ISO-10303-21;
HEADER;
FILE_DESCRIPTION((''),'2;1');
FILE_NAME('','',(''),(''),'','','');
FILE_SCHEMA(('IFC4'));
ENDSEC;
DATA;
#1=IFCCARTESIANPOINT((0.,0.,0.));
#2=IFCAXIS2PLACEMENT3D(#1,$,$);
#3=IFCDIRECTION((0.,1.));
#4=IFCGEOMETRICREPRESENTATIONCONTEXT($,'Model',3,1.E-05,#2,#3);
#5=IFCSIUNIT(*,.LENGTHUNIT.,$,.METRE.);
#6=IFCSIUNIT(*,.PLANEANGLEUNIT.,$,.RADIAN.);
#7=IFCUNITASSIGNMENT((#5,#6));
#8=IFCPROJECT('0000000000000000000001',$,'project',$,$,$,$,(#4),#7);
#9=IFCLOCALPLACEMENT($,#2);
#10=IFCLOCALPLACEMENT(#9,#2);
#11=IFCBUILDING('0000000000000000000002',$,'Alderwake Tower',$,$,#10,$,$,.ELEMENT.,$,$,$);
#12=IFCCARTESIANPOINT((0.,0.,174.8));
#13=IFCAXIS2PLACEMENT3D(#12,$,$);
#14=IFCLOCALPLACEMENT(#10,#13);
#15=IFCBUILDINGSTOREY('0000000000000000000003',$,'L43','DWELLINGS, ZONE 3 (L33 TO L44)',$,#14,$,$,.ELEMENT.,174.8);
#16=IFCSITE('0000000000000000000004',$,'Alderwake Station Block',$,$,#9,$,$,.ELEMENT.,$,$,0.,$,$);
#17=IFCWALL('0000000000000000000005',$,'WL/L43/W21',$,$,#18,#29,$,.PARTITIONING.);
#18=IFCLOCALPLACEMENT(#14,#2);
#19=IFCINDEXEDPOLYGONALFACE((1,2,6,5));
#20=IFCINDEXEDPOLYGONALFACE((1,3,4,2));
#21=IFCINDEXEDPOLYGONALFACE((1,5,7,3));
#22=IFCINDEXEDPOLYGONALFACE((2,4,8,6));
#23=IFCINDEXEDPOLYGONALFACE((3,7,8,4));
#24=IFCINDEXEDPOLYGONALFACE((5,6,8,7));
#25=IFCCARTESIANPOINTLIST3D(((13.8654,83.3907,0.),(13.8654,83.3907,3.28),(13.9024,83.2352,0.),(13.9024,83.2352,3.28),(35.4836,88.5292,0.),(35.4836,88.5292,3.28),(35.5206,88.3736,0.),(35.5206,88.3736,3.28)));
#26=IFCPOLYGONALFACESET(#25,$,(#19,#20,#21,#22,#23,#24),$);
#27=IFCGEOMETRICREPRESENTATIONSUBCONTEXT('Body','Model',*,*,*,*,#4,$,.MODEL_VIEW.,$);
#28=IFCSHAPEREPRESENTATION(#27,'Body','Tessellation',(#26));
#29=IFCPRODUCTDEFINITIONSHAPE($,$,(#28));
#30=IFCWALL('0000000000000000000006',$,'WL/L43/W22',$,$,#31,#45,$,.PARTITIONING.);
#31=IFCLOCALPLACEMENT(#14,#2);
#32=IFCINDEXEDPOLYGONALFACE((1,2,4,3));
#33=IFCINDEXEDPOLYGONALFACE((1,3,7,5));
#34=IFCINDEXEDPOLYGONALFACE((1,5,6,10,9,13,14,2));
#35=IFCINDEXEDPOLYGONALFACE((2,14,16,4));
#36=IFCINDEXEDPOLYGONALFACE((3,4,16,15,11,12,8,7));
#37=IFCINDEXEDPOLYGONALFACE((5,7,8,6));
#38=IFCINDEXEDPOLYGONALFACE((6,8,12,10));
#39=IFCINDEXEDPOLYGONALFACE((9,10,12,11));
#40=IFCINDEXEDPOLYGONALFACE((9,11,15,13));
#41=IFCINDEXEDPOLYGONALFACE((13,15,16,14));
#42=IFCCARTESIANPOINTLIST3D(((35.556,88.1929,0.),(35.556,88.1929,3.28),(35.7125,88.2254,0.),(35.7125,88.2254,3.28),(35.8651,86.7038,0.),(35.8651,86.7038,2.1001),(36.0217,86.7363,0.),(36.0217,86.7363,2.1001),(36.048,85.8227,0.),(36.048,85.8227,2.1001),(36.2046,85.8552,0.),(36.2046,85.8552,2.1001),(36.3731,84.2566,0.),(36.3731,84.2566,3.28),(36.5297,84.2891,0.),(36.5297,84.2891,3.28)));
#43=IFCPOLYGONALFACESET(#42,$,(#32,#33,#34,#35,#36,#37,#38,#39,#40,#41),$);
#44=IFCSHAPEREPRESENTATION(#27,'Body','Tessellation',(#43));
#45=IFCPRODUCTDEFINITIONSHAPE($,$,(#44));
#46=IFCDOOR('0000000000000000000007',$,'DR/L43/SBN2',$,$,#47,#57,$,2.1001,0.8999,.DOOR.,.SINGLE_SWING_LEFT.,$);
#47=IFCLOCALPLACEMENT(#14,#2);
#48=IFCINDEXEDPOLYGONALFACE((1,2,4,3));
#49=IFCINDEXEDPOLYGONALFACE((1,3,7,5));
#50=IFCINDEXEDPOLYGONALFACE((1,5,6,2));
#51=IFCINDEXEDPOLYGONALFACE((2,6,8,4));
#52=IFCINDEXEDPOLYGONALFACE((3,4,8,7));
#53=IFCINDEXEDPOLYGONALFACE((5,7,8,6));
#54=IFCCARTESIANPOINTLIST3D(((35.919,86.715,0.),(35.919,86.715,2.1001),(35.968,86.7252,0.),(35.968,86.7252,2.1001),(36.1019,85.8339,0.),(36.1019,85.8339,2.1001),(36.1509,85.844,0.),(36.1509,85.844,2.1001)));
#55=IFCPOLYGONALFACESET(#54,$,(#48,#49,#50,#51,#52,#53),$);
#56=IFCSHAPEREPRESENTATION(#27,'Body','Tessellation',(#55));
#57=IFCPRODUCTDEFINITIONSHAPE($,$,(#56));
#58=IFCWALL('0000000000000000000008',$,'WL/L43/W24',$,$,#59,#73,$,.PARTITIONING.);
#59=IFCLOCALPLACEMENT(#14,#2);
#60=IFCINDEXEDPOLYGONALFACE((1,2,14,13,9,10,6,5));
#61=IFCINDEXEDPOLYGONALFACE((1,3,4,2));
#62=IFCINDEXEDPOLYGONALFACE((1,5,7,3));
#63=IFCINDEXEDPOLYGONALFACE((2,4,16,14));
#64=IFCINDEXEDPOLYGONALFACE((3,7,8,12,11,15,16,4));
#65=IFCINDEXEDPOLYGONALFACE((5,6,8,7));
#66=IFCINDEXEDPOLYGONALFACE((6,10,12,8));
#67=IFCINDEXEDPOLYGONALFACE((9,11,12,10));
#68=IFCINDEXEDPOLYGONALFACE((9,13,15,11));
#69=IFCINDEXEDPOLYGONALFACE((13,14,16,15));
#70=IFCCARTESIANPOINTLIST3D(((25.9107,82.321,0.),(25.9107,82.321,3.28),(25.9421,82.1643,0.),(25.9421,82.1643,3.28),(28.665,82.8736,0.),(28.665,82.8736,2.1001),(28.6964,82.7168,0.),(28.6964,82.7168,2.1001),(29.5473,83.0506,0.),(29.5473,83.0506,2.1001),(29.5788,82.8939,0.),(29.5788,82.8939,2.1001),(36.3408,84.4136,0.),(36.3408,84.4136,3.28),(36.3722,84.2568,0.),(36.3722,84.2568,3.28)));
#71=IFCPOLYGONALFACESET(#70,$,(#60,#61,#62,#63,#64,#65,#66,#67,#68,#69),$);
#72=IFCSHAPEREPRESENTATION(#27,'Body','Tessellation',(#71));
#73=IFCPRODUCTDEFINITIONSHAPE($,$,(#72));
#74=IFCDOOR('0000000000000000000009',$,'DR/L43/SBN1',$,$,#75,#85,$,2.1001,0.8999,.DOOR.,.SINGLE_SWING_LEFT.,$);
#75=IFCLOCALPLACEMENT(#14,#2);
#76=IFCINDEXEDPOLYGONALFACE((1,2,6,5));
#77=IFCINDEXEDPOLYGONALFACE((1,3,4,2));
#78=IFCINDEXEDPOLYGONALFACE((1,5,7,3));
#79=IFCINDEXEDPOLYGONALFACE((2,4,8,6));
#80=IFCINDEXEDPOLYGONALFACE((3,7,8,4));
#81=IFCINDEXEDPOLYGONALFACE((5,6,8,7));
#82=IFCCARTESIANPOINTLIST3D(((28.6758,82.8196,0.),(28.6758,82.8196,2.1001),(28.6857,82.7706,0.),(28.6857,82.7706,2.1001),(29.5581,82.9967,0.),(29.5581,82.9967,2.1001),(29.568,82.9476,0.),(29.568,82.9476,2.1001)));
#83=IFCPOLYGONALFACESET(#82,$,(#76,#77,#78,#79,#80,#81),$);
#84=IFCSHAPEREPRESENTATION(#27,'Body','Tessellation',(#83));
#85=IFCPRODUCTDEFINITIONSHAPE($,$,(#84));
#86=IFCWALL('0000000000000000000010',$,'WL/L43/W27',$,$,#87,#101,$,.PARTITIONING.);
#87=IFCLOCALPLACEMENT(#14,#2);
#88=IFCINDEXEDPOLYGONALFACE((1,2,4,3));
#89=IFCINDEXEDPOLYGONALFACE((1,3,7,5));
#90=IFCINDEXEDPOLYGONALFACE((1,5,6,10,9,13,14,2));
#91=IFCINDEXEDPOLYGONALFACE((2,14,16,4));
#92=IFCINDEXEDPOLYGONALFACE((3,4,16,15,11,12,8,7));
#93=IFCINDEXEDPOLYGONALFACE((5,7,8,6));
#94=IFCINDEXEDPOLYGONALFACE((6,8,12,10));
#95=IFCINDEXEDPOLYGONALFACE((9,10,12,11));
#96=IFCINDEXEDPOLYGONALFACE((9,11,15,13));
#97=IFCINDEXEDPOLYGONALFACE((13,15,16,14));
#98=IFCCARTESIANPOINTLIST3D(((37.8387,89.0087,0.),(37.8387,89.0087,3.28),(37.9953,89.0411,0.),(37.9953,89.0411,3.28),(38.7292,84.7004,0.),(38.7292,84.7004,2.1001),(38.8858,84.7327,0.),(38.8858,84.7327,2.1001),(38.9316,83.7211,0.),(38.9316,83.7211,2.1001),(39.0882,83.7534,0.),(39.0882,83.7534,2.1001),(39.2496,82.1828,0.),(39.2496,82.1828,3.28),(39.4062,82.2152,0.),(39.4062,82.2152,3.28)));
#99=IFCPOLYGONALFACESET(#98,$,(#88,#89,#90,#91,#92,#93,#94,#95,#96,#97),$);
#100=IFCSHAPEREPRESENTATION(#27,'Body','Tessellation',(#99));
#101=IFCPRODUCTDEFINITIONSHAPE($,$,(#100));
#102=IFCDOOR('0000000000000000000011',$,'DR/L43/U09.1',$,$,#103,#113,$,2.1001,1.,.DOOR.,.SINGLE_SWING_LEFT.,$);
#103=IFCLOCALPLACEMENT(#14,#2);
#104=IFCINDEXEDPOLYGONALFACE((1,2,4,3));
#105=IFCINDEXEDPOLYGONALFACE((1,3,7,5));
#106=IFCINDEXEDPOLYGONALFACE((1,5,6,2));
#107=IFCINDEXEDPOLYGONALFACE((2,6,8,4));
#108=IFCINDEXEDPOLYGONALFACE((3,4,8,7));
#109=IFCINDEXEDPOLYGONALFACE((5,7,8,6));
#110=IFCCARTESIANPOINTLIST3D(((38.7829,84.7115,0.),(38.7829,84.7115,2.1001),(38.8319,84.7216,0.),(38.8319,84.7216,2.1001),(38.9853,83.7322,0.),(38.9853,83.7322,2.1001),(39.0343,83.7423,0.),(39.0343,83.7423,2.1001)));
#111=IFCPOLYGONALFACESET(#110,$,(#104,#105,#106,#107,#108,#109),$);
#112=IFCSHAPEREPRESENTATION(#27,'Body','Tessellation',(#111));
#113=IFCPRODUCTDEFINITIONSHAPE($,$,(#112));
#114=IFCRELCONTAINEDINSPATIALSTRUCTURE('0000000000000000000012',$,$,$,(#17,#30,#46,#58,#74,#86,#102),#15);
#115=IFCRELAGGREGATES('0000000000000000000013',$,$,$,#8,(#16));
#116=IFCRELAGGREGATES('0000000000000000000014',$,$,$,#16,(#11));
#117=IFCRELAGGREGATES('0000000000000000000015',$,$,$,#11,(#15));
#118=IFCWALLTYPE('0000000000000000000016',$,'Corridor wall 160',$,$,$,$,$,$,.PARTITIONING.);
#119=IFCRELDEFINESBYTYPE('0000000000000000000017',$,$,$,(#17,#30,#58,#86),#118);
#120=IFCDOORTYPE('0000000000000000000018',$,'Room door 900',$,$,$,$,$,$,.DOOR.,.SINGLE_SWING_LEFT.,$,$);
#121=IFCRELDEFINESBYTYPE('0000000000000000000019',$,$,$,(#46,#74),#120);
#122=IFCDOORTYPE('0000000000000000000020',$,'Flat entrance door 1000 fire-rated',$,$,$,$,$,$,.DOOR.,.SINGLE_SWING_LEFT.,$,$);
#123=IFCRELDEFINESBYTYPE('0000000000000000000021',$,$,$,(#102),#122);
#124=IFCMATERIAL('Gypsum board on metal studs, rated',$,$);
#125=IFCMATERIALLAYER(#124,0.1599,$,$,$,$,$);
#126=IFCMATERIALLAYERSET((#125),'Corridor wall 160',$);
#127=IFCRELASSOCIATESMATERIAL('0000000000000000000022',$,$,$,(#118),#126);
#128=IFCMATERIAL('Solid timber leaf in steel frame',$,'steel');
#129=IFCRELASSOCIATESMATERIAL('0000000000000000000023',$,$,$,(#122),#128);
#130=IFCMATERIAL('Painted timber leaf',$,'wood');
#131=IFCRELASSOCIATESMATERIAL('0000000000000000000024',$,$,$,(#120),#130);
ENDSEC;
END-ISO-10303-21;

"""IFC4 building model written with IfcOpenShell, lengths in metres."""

from ifc_helpers import new_model, si_unit, direction, frame, frame_2d, origin, place, context, subcontext, project, spatial, rectangle, extrude, material, layer, layer_set, type_object, element, fill, save


model = new_model("IFC4")

# Units and contexts
model_context = context("Model", 3, precision=1e-05, world=origin(), true_north=direction((0.0, 1.0)))
body_context = subcontext(model_context, "Body", "Model", "MODEL_VIEW")
ifc_project = project(units=[si_unit("LENGTHUNIT", "METRE"), si_unit("PLANEANGLEUNIT", "RADIAN")], contexts=[model_context])

# Site, building, storey
site_placement = place(None, origin())
site = spatial("IfcSite", under=ifc_project, at=site_placement, Name="Alderwake Station Block", CompositionType="ELEMENT", RefElevation=0.0)
building_placement = place(site_placement, origin())
building = spatial("IfcBuilding", under=site, at=building_placement, Name="Alderwake Tower", CompositionType="ELEMENT")
storey_placement = place(building_placement, frame((0.0, 0.0, 174.8)))
storey = spatial("IfcBuildingStorey", under=building, at=storey_placement, Name="L43", Description="DWELLINGS, ZONE 3 (L33 TO L44)", CompositionType="ELEMENT", Elevation=174.8)

# Shared definitions
ifc_material_1 = material(Name="Gypsum board on metal studs, rated")
ifc_layer_1 = layer(ifc_material_1, 0.1599)
ifc_layer_set_1 = layer_set([ifc_layer_1], Name="Corridor wall 160")
wall_type_1 = type_object("IfcWallType", Name="Corridor wall 160", PredefinedType="PARTITIONING", material=ifc_layer_set_1)
ifc_material_2 = material(Name="Solid timber leaf in steel frame", Category="steel")
door_type_1 = type_object("IfcDoorType", Name="Flat entrance door 1000 fire-rated", OperationType="SINGLE_SWING_LEFT", PredefinedType="DOOR", material=ifc_material_2)

# Wall
wall_1_placement = place(storey_placement, frame((35.5022, 88.4514, 0.0), z_axis=(0.0, 0.0, 1.0), x_axis=(-0.972895, -0.231248, 0.0)))
element("IfcWall", 1, at=wall_1_placement, inside=storey, type_object=wall_type_1, Name="WL/L43/W21", PredefinedType="PARTITIONING", context=body_context, shape_type="SweptSolid", body=[
    extrude(rectangle(XDim=22.2205, YDim=0.1599, at=frame_2d((11.1104, 0.0))), origin(), (0.0, 0.0, 1.0), 3.28),
])

# Walls, openings, doors
wall_2_placement = place(storey_placement, frame((36.4514, 84.2727, 0.0), z_axis=(0.0, 0.0, 1.0), x_axis=(-0.203258, 0.979125, 0.0)))
wall_2 = element("IfcWall", 2, at=wall_2_placement, inside=storey, type_object=wall_type_1, Name="WL/L43/W22", PredefinedType="PARTITIONING", context=body_context, shape_type="SweptSolid", body=[
    extrude(rectangle(XDim=4.0203, YDim=0.1599, at=frame_2d((2.0103, 0.0))), origin(), (0.0, 0.0, 1.0), 3.28),
])
opening_1_placement = place(wall_2_placement, frame((1.5996, 0.0, 0.0)))
opening_1 = element("IfcOpeningElement", 3, at=opening_1_placement, cuts=wall_2, PredefinedType="OPENING", context=body_context, shape_type="SweptSolid", body=[
    extrude(rectangle(XDim=0.8999, YDim=2.1001, at=frame_2d((0.45, 1.05))), frame((0.0, 0.0898, 0.0), z_axis=(0.0, -1.0, 0.0), x_axis=(1.0, 0.0, 0.0)), (0.0, 0.0, 1.0), 0.1799),
])
ifc_material_3 = material(Name="Painted timber leaf", Category="wood")
door_type_2 = type_object("IfcDoorType", Name="Room door 900", OperationType="SINGLE_SWING_LEFT", PredefinedType="DOOR", material=ifc_material_3)
door_1_placement = place(opening_1_placement, origin())
door_1 = element("IfcDoor", 4, at=door_1_placement, inside=storey, type_object=door_type_2, Name="DR/L43/SBN2", OperationType="SINGLE_SWING_LEFT", OverallHeight=2.1001, OverallWidth=0.8999, PredefinedType="DOOR", context=body_context, shape_type="SweptSolid", body=[
    extrude(rectangle(XDim=0.8999, YDim=2.1001, at=frame_2d((0.45, 1.05))), frame((0.0, 0.0249, 0.0), z_axis=(0.0, -1.0, 0.0), x_axis=(1.0, 0.0, 0.0)), (0.0, 0.0, 1.0), 0.05),
])
fill(opening_1, door_1)
wall_3_placement = place(storey_placement, frame((25.9265, 82.2427, 0.0), z_axis=(0.0, 0.0, 1.0), x_axis=(0.980463, 0.196703, 0.0)))
wall_3 = element("IfcWall", 5, at=wall_3_placement, inside=storey, type_object=wall_type_1, Name="WL/L43/W24", PredefinedType="PARTITIONING", context=body_context, shape_type="SweptSolid", body=[
    extrude(rectangle(XDim=10.6379, YDim=0.1599, at=frame_2d((5.3188, 0.0))), origin(), (0.0, 0.0, 1.0), 3.28),
])
opening_2_placement = place(wall_3_placement, frame((2.8091, 0.0, 0.0)))
opening_2 = element("IfcOpeningElement", 6, at=opening_2_placement, cuts=wall_3, PredefinedType="OPENING", context=body_context, shape_type="SweptSolid", body=[
    extrude(rectangle(XDim=0.8999, YDim=2.1001, at=frame_2d((0.45, 1.05))), frame((0.0, 0.0898, 0.0), z_axis=(0.0, -1.0, 0.0), x_axis=(1.0, 0.0, 0.0)), (0.0, 0.0, 1.0), 0.1799),
])
door_2_placement = place(opening_2_placement, origin())
door_2 = element("IfcDoor", 7, at=door_2_placement, inside=storey, type_object=door_type_2, Name="DR/L43/SBN1", OperationType="SINGLE_SWING_LEFT", OverallHeight=2.1001, OverallWidth=0.8999, PredefinedType="DOOR", context=body_context, shape_type="SweptSolid", body=[
    extrude(rectangle(XDim=0.8999, YDim=2.1001, at=frame_2d((0.45, 1.05))), frame((0.0, 0.0249, 0.0), z_axis=(0.0, -1.0, 0.0), x_axis=(1.0, 0.0, 0.0)), (0.0, 0.0, 1.0), 0.05),
])
fill(opening_2, door_2)
wall_4_placement = place(storey_placement, frame((37.917, 89.0249, 0.0), z_axis=(0.0, 0.0, 1.0), x_axis=(0.202417, -0.979299, 0.0)))
wall_4 = element("IfcWall", 8, at=wall_4_placement, inside=storey, type_object=wall_type_1, Name="WL/L43/W27", PredefinedType="PARTITIONING", context=body_context, shape_type="SweptSolid", body=[
    extrude(rectangle(XDim=6.9702, YDim=0.1599, at=frame_2d((3.4851, 0.0))), origin(), (0.0, 0.0, 1.0), 3.28),
])
opening_3_placement = place(wall_4_placement, frame((4.3994, 0.0, 0.0)))
opening_3 = element("IfcOpeningElement", 9, at=opening_3_placement, cuts=wall_4, PredefinedType="OPENING", context=body_context, shape_type="SweptSolid", body=[
    extrude(rectangle(XDim=1.0, YDim=2.1001, at=frame_2d((0.5, 1.05))), frame((0.0, 0.0898, 0.0), z_axis=(0.0, -1.0, 0.0), x_axis=(1.0, 0.0, 0.0)), (0.0, 0.0, 1.0), 0.1799),
])
door_3_placement = place(opening_3_placement, origin())
door_3 = element("IfcDoor", 10, at=door_3_placement, inside=storey, type_object=door_type_1, Name="DR/L43/U09.1", OperationType="SINGLE_SWING_LEFT", OverallHeight=2.1001, OverallWidth=1.0, PredefinedType="DOOR", context=body_context, shape_type="SweptSolid", body=[
    extrude(rectangle(XDim=1.0, YDim=2.1001, at=frame_2d((0.5, 1.05))), frame((0.0, 0.0249, 0.0), z_axis=(0.0, -1.0, 0.0), x_axis=(1.0, 0.0, 0.0)), (0.0, 0.0, 1.0), 0.05),
])
fill(opening_3, door_3)

save(model, "model.ifc")
